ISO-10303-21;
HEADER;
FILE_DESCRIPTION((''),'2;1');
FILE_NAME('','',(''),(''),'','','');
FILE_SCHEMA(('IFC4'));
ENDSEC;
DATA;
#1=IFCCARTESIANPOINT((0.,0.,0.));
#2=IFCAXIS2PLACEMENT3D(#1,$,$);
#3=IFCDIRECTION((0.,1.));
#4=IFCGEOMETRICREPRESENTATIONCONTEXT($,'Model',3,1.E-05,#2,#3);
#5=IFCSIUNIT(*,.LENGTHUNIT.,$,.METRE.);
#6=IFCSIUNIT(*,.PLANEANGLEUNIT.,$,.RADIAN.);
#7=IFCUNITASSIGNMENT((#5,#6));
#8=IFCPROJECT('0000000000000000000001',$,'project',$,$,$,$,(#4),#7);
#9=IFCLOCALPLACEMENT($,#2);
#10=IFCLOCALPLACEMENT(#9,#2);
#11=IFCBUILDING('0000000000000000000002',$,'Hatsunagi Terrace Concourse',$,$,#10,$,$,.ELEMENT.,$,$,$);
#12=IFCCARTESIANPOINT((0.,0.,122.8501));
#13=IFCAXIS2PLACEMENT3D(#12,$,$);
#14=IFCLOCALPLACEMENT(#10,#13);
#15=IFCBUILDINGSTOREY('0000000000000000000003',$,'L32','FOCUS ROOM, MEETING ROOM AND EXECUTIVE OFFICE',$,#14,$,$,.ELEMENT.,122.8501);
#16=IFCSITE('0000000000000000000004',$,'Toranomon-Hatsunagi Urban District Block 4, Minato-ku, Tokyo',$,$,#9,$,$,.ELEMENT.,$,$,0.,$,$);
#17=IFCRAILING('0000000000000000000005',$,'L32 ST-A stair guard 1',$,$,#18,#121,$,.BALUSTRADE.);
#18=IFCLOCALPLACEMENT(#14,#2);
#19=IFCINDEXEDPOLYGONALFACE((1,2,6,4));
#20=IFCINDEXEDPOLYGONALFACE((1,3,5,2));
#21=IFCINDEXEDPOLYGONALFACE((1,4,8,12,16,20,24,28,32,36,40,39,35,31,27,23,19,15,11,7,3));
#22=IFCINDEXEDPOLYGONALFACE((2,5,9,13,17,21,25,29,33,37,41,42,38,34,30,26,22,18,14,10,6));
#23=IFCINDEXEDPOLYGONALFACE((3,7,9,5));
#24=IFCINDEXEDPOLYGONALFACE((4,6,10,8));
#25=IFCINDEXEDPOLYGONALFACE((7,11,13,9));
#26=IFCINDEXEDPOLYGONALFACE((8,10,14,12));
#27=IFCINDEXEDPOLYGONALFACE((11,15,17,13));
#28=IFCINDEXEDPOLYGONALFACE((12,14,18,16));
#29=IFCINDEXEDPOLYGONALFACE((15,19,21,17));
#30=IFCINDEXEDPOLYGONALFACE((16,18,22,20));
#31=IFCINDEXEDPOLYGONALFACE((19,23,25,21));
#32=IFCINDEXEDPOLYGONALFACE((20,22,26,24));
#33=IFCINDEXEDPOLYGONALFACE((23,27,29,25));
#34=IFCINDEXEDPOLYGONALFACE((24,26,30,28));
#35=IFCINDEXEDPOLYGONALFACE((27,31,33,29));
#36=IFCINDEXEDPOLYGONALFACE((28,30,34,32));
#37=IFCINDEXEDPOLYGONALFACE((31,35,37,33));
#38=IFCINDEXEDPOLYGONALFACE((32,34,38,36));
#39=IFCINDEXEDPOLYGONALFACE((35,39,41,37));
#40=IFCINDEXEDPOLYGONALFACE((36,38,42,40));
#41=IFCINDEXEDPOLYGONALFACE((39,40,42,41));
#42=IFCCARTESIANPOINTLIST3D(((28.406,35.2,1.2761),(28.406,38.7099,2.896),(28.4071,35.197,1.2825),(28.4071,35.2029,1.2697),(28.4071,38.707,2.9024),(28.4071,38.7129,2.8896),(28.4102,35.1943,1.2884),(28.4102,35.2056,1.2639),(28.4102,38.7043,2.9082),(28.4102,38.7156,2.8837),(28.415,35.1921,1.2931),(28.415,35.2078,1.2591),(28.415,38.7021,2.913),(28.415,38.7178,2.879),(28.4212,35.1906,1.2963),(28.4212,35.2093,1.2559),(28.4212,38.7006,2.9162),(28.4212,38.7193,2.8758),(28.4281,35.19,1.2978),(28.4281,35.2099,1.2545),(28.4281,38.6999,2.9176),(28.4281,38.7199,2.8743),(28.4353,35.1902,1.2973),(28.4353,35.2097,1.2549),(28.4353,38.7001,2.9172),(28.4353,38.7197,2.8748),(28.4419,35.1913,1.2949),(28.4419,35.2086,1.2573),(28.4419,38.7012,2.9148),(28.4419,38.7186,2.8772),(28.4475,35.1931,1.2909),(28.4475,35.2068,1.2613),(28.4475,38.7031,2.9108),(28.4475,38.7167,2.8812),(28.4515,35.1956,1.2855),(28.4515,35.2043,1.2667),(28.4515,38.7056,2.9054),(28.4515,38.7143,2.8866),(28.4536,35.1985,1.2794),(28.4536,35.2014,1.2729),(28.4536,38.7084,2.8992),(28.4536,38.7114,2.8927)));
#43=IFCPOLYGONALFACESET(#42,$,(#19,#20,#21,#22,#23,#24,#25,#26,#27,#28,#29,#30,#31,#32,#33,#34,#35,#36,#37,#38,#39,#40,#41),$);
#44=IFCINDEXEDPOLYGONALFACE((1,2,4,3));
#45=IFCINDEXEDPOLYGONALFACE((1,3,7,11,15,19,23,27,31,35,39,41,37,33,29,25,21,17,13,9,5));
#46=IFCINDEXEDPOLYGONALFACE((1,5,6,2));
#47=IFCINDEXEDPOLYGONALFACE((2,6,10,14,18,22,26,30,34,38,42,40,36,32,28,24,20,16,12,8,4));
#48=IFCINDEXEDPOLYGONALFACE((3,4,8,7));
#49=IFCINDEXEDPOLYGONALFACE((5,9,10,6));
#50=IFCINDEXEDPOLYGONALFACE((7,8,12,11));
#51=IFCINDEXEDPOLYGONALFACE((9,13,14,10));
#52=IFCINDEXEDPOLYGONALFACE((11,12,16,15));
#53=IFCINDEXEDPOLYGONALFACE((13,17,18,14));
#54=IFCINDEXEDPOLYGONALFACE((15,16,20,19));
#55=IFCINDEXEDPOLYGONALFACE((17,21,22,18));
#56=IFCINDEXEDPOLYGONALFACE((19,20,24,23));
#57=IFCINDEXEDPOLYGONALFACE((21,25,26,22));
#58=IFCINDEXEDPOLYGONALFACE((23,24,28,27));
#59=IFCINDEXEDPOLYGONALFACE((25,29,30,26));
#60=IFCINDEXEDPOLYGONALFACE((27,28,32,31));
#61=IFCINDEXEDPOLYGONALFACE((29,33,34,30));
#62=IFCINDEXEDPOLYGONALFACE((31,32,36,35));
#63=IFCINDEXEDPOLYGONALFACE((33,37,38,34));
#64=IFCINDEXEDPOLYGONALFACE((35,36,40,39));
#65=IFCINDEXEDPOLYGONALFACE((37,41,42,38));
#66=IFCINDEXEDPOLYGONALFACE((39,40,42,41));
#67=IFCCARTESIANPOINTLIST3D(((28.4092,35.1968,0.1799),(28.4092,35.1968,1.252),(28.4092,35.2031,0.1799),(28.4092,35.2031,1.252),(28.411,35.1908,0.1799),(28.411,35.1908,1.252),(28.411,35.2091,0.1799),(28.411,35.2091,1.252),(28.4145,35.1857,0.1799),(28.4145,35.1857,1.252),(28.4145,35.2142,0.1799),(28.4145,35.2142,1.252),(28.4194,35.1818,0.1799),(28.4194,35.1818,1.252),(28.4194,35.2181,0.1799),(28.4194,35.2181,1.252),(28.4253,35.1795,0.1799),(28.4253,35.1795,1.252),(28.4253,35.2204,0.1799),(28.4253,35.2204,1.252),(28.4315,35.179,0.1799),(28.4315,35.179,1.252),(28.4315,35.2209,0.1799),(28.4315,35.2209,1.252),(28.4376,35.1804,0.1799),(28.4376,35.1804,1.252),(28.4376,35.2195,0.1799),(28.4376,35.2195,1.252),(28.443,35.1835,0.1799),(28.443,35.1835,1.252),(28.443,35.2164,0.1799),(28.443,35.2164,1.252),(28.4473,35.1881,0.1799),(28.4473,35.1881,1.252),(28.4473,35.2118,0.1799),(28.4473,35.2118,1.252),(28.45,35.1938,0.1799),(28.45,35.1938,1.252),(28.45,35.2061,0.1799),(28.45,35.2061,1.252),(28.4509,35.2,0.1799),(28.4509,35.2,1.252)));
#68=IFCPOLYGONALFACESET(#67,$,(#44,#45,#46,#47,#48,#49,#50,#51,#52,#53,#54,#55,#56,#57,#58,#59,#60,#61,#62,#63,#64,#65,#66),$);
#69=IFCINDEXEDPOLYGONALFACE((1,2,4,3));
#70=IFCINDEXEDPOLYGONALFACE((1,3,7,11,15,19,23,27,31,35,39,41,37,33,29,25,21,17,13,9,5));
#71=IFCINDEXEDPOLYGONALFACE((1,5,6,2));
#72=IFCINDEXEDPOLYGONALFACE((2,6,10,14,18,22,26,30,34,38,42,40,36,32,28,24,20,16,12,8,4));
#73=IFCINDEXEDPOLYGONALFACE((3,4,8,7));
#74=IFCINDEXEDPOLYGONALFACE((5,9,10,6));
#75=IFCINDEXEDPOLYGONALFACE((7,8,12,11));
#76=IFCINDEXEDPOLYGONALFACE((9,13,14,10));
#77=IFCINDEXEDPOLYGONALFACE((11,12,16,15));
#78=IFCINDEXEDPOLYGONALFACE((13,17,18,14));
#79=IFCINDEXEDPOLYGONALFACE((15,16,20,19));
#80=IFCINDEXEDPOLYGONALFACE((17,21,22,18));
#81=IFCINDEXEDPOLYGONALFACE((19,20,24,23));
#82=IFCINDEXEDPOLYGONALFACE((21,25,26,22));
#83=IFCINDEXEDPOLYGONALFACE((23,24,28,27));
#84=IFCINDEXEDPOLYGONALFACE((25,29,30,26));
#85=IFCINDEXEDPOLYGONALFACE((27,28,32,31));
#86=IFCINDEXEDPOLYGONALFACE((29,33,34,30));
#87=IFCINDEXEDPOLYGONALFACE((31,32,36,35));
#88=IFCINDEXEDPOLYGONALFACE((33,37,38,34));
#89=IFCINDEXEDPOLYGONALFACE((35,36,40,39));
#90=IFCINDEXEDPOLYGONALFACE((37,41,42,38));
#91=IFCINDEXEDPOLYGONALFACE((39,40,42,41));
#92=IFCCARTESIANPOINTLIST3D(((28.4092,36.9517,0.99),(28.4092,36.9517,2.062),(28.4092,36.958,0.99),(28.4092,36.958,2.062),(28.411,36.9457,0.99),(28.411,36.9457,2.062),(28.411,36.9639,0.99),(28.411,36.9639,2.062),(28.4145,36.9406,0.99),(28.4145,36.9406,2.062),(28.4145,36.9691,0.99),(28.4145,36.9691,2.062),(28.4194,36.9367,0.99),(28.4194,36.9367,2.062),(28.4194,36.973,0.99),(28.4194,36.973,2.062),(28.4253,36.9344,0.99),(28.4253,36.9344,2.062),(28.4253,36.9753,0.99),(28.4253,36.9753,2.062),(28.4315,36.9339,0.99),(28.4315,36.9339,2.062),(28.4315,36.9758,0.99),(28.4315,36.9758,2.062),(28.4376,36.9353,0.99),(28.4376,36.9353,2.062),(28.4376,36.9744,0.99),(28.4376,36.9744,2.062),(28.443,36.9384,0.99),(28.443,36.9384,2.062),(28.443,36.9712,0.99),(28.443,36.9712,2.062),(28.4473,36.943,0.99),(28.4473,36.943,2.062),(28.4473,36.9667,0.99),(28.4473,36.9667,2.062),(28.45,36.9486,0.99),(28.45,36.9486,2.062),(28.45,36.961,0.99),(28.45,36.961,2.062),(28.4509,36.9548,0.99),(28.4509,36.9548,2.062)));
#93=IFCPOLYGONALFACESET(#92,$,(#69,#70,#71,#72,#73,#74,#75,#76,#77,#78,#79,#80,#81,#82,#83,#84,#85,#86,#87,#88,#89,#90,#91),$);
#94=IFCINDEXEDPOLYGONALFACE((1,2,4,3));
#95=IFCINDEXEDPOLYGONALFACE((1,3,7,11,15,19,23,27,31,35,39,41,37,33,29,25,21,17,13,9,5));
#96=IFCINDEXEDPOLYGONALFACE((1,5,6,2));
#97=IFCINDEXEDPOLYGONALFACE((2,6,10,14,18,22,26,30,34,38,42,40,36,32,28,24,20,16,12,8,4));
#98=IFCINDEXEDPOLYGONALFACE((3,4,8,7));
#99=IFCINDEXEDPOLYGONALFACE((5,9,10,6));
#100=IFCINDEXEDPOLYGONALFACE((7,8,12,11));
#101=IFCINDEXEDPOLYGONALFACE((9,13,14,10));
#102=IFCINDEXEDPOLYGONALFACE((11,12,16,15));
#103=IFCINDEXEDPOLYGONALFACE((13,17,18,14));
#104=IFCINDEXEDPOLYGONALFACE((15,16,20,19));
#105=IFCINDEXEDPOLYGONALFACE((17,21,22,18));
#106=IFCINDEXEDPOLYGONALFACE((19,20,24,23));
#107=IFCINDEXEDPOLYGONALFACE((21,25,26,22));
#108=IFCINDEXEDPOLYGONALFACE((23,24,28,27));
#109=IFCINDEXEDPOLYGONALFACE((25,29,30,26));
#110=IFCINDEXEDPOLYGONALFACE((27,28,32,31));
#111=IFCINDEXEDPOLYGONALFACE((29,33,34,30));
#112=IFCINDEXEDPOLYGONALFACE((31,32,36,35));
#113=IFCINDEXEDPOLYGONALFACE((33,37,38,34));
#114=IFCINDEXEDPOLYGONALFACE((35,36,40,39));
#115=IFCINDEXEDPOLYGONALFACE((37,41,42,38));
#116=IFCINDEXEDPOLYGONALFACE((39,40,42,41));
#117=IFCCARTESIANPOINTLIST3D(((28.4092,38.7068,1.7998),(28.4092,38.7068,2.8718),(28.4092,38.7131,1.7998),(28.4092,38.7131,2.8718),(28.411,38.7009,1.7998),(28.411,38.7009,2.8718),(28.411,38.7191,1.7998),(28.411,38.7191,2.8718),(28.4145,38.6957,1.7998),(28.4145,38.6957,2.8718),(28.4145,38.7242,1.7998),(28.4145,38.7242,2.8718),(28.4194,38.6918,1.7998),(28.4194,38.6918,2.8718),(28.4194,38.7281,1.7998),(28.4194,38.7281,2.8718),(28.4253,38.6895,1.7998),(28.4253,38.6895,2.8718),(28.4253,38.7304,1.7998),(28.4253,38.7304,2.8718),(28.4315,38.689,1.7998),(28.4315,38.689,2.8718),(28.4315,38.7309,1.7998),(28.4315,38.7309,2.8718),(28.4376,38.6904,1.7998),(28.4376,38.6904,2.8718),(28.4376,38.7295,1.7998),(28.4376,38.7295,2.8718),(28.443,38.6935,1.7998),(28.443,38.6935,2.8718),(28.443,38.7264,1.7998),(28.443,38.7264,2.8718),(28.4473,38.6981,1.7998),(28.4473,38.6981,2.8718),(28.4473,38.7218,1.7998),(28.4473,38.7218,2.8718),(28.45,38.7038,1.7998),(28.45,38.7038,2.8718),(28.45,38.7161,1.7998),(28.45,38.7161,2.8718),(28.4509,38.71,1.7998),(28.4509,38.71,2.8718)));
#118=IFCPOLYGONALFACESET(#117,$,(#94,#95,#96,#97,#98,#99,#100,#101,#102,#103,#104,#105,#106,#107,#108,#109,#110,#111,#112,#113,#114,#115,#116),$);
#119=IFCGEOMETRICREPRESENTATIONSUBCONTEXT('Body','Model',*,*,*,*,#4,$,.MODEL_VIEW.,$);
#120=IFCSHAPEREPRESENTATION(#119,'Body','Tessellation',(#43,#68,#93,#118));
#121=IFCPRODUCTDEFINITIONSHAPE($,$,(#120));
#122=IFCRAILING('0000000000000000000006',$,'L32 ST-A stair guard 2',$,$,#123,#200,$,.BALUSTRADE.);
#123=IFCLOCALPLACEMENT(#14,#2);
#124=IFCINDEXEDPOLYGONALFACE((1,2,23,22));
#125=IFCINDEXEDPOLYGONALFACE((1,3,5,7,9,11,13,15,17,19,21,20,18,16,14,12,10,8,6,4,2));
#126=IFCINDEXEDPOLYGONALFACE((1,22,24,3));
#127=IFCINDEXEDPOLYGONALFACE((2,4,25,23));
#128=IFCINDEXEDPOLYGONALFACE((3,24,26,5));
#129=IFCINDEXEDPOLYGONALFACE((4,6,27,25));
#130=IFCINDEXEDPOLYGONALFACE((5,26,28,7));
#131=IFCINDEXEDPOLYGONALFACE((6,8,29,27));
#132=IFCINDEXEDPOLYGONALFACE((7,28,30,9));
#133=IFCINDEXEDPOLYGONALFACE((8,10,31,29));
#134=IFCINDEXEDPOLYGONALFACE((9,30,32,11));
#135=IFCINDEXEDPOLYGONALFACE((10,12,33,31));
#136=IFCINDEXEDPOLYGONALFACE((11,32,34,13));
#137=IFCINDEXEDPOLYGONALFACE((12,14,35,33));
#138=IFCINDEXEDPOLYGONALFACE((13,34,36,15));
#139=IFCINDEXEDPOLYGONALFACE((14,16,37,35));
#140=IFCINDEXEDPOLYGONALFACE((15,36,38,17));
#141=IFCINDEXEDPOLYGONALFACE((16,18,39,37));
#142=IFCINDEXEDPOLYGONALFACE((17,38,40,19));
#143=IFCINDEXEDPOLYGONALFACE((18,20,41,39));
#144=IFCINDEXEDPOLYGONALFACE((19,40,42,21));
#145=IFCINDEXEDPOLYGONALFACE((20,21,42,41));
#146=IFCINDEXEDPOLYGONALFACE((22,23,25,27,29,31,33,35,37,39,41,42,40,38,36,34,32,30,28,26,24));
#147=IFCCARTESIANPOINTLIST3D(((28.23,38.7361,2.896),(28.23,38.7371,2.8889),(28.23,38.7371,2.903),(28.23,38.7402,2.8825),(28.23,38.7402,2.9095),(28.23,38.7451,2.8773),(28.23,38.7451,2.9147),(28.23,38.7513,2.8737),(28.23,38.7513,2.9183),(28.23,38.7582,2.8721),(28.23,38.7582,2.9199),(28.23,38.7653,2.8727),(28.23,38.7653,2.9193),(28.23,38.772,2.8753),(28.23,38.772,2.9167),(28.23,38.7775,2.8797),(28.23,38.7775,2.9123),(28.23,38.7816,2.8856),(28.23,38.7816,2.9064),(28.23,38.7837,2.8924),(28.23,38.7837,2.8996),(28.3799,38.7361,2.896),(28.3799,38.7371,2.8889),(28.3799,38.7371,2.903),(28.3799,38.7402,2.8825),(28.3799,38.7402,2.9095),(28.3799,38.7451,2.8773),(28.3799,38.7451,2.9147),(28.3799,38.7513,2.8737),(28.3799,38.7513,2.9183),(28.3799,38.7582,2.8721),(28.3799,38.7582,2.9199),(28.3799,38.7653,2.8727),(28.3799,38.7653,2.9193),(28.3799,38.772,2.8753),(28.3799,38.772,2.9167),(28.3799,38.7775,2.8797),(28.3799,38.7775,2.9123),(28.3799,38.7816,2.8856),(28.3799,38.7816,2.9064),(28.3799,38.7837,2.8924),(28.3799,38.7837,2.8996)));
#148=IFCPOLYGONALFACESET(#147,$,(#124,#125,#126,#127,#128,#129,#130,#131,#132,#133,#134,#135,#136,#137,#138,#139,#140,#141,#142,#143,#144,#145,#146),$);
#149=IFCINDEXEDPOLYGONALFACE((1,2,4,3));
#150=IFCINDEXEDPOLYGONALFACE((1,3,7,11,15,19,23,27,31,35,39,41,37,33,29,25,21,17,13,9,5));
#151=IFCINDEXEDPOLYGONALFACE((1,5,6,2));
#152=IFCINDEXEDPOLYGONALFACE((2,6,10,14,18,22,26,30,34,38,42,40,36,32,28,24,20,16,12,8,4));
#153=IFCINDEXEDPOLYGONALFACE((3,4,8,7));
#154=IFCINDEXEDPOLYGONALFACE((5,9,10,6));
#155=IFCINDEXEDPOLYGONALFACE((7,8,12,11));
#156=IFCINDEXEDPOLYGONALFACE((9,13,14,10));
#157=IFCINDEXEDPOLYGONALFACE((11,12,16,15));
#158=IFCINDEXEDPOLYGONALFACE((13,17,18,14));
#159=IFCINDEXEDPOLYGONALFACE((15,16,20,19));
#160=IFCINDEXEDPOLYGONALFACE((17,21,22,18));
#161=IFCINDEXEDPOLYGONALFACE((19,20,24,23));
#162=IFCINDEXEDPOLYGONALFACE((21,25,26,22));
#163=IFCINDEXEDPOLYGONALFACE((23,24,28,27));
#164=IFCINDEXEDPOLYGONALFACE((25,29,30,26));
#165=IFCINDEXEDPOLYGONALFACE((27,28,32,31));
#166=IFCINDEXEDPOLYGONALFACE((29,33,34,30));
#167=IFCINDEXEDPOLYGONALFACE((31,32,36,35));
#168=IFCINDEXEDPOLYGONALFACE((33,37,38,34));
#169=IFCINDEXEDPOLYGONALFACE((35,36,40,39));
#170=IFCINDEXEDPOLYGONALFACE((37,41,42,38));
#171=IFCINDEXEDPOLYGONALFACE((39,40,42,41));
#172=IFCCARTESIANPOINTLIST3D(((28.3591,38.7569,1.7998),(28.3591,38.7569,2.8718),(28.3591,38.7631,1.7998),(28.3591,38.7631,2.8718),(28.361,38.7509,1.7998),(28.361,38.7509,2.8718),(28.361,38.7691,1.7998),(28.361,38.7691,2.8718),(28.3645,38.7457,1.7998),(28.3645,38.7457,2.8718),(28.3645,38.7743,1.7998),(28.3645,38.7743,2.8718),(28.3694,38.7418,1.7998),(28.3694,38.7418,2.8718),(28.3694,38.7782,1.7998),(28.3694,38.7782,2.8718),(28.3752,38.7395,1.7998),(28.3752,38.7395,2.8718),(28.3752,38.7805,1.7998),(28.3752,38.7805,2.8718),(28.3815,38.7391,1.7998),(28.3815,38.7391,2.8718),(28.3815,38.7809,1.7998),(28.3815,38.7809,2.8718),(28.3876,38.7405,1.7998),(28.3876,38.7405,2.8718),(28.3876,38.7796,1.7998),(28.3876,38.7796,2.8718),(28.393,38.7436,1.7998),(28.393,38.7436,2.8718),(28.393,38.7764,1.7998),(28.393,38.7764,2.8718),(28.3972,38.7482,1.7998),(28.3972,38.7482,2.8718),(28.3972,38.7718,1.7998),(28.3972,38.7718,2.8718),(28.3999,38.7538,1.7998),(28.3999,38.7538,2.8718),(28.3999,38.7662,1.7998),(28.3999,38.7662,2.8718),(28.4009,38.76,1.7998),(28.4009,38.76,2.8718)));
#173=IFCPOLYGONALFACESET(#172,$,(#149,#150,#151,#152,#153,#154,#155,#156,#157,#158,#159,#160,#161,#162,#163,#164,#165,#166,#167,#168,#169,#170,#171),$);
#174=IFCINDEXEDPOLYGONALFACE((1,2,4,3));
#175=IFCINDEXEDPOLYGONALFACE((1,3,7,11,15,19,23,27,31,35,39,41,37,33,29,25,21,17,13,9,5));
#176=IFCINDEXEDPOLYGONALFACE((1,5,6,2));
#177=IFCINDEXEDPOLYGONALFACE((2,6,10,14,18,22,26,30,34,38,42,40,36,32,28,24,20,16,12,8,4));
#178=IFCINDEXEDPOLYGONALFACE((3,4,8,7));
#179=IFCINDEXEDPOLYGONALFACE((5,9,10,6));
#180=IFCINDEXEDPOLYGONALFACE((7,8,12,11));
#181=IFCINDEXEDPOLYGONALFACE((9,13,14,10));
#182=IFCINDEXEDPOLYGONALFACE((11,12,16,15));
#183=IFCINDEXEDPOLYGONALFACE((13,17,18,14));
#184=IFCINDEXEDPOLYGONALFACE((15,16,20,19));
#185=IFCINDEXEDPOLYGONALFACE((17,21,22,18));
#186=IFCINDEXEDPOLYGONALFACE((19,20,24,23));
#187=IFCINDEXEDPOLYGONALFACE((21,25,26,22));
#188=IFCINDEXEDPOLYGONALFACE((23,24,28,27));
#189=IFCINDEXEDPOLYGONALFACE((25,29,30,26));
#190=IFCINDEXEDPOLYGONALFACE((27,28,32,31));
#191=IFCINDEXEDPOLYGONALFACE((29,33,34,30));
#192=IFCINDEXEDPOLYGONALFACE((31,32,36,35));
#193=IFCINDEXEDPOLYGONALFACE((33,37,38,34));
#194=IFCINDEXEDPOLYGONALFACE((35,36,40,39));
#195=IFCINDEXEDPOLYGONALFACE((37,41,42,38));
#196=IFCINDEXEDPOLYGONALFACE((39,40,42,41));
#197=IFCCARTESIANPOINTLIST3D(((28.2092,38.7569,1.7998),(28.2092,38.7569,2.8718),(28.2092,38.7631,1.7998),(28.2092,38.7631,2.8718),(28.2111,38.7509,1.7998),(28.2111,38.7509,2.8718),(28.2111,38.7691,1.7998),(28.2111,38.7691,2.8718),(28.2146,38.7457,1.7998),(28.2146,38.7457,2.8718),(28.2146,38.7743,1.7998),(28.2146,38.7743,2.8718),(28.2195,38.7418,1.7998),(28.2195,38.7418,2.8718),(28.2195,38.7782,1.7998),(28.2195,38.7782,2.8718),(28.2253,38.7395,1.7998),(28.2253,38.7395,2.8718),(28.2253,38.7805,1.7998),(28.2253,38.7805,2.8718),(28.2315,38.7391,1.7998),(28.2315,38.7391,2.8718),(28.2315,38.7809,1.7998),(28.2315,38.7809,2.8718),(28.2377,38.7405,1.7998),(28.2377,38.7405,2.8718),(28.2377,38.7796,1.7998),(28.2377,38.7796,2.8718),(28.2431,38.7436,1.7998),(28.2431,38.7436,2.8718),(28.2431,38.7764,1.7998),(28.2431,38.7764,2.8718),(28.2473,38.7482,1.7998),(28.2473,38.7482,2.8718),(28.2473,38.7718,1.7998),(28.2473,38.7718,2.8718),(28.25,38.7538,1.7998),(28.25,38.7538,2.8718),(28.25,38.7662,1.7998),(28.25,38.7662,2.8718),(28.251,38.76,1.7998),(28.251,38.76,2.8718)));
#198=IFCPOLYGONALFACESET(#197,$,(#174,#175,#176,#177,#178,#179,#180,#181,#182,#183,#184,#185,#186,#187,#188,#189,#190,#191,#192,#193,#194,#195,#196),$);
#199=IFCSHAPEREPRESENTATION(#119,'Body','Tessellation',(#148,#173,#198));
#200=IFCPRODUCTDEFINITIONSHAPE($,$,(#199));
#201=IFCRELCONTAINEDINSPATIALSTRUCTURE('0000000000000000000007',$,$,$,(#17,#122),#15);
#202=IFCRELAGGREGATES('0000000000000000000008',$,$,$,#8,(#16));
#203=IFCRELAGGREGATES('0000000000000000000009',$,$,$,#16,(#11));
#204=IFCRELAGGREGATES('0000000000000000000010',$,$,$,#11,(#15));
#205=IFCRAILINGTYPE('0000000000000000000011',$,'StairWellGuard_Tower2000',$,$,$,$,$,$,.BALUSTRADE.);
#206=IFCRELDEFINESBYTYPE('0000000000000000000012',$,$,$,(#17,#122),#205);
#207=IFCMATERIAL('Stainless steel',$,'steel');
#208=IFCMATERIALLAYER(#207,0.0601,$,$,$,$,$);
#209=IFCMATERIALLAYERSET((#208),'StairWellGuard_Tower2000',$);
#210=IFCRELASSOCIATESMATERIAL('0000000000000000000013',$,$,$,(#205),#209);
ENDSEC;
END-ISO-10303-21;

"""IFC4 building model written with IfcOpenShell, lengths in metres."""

from ifc_helpers import new_model, si_unit, direction, frame, origin, origin_2d, place, context, subcontext, project, spatial, circle, extrude, material, layer, layer_set, type_object, element, save


model = new_model("IFC4")

# Units and contexts
model_context = context("Model", 3, precision=1e-05, world=origin(), true_north=direction((0.0, 1.0)))
body_context = subcontext(model_context, "Body", "Model", "MODEL_VIEW")
ifc_project = project(units=[si_unit("LENGTHUNIT", "METRE"), si_unit("PLANEANGLEUNIT", "RADIAN")], contexts=[model_context])

# Site, building, storey
site_placement = place(None, origin())
site = spatial("IfcSite", under=ifc_project, at=site_placement, Name="Toranomon-Hatsunagi Urban District Block 4, Minato-ku, Tokyo", CompositionType="ELEMENT", RefElevation=0.0)
building_placement = place(site_placement, origin())
building = spatial("IfcBuilding", under=site, at=building_placement, Name="Hatsunagi Terrace Concourse", CompositionType="ELEMENT")
storey_placement = place(building_placement, frame((0.0, 0.0, 122.8501)))
storey = spatial("IfcBuildingStorey", under=building, at=storey_placement, Name="L32", Description="FOCUS ROOM, MEETING ROOM AND EXECUTIVE OFFICE", CompositionType="ELEMENT", Elevation=122.8501)

# Railings
ifc_material_1 = material(Name="Stainless steel", Category="steel")
ifc_layer_1 = layer(ifc_material_1, 0.0601)
ifc_layer_set_1 = layer_set([ifc_layer_1], Name="StairWellGuard_Tower2000")
railing_type_1 = type_object("IfcRailingType", Name="StairWellGuard_Tower2000", PredefinedType="BALUSTRADE", material=ifc_layer_set_1)
railing_1_placement = place(storey_placement, frame((28.4299, 35.2, 0.1799)))
element("IfcRailing", 1, at=railing_1_placement, inside=storey, type_object=railing_type_1, Name="L32 ST-A stair guard 1", PredefinedType="BALUSTRADE", context=body_context, shape_type="SweptSolid", body=[
    extrude(circle(Radius=0.0239, at=origin_2d()), frame((0.0, 0.0, 1.0962), z_axis=(0.0, 0.907972, 0.41903), x_axis=(-1.0, 0.0, 0.0)), (0.0, 0.0, 1.0), 3.8657),
    extrude(circle(Radius=0.021, at=origin_2d()), origin(), (0.0, 0.0, 1.0), 1.072),
    extrude(circle(Radius=0.021, at=origin_2d()), frame((0.0, 1.7549, 0.8101)), (0.0, 0.0, 1.0), 1.072),
    extrude(circle(Radius=0.021, at=origin_2d()), frame((0.0, 3.51, 1.6199)), (0.0, 0.0, 1.0), 1.072),
])
railing_2_placement = place(storey_placement, frame((28.3799, 38.76, 1.7998)))
element("IfcRailing", 2, at=railing_2_placement, inside=storey, type_object=railing_type_1, Name="L32 ST-A stair guard 2", PredefinedType="BALUSTRADE", context=body_context, shape_type="SweptSolid", body=[
    extrude(circle(Radius=0.0239, at=origin_2d()), frame((0.0, 0.0, 1.0962), z_axis=(-1.0, 0.0, 0.0), x_axis=(0.0, -1.0, 0.0)), (0.0, 0.0, 1.0), 0.1499),
    extrude(circle(Radius=0.021, at=origin_2d()), origin(), (0.0, 0.0, 1.0), 1.072),
    extrude(circle(Radius=0.021, at=origin_2d()), frame((-0.1499, 0.0, 0.0)), (0.0, 0.0, 1.0), 1.072),
])

save(model, "model.ifc")
